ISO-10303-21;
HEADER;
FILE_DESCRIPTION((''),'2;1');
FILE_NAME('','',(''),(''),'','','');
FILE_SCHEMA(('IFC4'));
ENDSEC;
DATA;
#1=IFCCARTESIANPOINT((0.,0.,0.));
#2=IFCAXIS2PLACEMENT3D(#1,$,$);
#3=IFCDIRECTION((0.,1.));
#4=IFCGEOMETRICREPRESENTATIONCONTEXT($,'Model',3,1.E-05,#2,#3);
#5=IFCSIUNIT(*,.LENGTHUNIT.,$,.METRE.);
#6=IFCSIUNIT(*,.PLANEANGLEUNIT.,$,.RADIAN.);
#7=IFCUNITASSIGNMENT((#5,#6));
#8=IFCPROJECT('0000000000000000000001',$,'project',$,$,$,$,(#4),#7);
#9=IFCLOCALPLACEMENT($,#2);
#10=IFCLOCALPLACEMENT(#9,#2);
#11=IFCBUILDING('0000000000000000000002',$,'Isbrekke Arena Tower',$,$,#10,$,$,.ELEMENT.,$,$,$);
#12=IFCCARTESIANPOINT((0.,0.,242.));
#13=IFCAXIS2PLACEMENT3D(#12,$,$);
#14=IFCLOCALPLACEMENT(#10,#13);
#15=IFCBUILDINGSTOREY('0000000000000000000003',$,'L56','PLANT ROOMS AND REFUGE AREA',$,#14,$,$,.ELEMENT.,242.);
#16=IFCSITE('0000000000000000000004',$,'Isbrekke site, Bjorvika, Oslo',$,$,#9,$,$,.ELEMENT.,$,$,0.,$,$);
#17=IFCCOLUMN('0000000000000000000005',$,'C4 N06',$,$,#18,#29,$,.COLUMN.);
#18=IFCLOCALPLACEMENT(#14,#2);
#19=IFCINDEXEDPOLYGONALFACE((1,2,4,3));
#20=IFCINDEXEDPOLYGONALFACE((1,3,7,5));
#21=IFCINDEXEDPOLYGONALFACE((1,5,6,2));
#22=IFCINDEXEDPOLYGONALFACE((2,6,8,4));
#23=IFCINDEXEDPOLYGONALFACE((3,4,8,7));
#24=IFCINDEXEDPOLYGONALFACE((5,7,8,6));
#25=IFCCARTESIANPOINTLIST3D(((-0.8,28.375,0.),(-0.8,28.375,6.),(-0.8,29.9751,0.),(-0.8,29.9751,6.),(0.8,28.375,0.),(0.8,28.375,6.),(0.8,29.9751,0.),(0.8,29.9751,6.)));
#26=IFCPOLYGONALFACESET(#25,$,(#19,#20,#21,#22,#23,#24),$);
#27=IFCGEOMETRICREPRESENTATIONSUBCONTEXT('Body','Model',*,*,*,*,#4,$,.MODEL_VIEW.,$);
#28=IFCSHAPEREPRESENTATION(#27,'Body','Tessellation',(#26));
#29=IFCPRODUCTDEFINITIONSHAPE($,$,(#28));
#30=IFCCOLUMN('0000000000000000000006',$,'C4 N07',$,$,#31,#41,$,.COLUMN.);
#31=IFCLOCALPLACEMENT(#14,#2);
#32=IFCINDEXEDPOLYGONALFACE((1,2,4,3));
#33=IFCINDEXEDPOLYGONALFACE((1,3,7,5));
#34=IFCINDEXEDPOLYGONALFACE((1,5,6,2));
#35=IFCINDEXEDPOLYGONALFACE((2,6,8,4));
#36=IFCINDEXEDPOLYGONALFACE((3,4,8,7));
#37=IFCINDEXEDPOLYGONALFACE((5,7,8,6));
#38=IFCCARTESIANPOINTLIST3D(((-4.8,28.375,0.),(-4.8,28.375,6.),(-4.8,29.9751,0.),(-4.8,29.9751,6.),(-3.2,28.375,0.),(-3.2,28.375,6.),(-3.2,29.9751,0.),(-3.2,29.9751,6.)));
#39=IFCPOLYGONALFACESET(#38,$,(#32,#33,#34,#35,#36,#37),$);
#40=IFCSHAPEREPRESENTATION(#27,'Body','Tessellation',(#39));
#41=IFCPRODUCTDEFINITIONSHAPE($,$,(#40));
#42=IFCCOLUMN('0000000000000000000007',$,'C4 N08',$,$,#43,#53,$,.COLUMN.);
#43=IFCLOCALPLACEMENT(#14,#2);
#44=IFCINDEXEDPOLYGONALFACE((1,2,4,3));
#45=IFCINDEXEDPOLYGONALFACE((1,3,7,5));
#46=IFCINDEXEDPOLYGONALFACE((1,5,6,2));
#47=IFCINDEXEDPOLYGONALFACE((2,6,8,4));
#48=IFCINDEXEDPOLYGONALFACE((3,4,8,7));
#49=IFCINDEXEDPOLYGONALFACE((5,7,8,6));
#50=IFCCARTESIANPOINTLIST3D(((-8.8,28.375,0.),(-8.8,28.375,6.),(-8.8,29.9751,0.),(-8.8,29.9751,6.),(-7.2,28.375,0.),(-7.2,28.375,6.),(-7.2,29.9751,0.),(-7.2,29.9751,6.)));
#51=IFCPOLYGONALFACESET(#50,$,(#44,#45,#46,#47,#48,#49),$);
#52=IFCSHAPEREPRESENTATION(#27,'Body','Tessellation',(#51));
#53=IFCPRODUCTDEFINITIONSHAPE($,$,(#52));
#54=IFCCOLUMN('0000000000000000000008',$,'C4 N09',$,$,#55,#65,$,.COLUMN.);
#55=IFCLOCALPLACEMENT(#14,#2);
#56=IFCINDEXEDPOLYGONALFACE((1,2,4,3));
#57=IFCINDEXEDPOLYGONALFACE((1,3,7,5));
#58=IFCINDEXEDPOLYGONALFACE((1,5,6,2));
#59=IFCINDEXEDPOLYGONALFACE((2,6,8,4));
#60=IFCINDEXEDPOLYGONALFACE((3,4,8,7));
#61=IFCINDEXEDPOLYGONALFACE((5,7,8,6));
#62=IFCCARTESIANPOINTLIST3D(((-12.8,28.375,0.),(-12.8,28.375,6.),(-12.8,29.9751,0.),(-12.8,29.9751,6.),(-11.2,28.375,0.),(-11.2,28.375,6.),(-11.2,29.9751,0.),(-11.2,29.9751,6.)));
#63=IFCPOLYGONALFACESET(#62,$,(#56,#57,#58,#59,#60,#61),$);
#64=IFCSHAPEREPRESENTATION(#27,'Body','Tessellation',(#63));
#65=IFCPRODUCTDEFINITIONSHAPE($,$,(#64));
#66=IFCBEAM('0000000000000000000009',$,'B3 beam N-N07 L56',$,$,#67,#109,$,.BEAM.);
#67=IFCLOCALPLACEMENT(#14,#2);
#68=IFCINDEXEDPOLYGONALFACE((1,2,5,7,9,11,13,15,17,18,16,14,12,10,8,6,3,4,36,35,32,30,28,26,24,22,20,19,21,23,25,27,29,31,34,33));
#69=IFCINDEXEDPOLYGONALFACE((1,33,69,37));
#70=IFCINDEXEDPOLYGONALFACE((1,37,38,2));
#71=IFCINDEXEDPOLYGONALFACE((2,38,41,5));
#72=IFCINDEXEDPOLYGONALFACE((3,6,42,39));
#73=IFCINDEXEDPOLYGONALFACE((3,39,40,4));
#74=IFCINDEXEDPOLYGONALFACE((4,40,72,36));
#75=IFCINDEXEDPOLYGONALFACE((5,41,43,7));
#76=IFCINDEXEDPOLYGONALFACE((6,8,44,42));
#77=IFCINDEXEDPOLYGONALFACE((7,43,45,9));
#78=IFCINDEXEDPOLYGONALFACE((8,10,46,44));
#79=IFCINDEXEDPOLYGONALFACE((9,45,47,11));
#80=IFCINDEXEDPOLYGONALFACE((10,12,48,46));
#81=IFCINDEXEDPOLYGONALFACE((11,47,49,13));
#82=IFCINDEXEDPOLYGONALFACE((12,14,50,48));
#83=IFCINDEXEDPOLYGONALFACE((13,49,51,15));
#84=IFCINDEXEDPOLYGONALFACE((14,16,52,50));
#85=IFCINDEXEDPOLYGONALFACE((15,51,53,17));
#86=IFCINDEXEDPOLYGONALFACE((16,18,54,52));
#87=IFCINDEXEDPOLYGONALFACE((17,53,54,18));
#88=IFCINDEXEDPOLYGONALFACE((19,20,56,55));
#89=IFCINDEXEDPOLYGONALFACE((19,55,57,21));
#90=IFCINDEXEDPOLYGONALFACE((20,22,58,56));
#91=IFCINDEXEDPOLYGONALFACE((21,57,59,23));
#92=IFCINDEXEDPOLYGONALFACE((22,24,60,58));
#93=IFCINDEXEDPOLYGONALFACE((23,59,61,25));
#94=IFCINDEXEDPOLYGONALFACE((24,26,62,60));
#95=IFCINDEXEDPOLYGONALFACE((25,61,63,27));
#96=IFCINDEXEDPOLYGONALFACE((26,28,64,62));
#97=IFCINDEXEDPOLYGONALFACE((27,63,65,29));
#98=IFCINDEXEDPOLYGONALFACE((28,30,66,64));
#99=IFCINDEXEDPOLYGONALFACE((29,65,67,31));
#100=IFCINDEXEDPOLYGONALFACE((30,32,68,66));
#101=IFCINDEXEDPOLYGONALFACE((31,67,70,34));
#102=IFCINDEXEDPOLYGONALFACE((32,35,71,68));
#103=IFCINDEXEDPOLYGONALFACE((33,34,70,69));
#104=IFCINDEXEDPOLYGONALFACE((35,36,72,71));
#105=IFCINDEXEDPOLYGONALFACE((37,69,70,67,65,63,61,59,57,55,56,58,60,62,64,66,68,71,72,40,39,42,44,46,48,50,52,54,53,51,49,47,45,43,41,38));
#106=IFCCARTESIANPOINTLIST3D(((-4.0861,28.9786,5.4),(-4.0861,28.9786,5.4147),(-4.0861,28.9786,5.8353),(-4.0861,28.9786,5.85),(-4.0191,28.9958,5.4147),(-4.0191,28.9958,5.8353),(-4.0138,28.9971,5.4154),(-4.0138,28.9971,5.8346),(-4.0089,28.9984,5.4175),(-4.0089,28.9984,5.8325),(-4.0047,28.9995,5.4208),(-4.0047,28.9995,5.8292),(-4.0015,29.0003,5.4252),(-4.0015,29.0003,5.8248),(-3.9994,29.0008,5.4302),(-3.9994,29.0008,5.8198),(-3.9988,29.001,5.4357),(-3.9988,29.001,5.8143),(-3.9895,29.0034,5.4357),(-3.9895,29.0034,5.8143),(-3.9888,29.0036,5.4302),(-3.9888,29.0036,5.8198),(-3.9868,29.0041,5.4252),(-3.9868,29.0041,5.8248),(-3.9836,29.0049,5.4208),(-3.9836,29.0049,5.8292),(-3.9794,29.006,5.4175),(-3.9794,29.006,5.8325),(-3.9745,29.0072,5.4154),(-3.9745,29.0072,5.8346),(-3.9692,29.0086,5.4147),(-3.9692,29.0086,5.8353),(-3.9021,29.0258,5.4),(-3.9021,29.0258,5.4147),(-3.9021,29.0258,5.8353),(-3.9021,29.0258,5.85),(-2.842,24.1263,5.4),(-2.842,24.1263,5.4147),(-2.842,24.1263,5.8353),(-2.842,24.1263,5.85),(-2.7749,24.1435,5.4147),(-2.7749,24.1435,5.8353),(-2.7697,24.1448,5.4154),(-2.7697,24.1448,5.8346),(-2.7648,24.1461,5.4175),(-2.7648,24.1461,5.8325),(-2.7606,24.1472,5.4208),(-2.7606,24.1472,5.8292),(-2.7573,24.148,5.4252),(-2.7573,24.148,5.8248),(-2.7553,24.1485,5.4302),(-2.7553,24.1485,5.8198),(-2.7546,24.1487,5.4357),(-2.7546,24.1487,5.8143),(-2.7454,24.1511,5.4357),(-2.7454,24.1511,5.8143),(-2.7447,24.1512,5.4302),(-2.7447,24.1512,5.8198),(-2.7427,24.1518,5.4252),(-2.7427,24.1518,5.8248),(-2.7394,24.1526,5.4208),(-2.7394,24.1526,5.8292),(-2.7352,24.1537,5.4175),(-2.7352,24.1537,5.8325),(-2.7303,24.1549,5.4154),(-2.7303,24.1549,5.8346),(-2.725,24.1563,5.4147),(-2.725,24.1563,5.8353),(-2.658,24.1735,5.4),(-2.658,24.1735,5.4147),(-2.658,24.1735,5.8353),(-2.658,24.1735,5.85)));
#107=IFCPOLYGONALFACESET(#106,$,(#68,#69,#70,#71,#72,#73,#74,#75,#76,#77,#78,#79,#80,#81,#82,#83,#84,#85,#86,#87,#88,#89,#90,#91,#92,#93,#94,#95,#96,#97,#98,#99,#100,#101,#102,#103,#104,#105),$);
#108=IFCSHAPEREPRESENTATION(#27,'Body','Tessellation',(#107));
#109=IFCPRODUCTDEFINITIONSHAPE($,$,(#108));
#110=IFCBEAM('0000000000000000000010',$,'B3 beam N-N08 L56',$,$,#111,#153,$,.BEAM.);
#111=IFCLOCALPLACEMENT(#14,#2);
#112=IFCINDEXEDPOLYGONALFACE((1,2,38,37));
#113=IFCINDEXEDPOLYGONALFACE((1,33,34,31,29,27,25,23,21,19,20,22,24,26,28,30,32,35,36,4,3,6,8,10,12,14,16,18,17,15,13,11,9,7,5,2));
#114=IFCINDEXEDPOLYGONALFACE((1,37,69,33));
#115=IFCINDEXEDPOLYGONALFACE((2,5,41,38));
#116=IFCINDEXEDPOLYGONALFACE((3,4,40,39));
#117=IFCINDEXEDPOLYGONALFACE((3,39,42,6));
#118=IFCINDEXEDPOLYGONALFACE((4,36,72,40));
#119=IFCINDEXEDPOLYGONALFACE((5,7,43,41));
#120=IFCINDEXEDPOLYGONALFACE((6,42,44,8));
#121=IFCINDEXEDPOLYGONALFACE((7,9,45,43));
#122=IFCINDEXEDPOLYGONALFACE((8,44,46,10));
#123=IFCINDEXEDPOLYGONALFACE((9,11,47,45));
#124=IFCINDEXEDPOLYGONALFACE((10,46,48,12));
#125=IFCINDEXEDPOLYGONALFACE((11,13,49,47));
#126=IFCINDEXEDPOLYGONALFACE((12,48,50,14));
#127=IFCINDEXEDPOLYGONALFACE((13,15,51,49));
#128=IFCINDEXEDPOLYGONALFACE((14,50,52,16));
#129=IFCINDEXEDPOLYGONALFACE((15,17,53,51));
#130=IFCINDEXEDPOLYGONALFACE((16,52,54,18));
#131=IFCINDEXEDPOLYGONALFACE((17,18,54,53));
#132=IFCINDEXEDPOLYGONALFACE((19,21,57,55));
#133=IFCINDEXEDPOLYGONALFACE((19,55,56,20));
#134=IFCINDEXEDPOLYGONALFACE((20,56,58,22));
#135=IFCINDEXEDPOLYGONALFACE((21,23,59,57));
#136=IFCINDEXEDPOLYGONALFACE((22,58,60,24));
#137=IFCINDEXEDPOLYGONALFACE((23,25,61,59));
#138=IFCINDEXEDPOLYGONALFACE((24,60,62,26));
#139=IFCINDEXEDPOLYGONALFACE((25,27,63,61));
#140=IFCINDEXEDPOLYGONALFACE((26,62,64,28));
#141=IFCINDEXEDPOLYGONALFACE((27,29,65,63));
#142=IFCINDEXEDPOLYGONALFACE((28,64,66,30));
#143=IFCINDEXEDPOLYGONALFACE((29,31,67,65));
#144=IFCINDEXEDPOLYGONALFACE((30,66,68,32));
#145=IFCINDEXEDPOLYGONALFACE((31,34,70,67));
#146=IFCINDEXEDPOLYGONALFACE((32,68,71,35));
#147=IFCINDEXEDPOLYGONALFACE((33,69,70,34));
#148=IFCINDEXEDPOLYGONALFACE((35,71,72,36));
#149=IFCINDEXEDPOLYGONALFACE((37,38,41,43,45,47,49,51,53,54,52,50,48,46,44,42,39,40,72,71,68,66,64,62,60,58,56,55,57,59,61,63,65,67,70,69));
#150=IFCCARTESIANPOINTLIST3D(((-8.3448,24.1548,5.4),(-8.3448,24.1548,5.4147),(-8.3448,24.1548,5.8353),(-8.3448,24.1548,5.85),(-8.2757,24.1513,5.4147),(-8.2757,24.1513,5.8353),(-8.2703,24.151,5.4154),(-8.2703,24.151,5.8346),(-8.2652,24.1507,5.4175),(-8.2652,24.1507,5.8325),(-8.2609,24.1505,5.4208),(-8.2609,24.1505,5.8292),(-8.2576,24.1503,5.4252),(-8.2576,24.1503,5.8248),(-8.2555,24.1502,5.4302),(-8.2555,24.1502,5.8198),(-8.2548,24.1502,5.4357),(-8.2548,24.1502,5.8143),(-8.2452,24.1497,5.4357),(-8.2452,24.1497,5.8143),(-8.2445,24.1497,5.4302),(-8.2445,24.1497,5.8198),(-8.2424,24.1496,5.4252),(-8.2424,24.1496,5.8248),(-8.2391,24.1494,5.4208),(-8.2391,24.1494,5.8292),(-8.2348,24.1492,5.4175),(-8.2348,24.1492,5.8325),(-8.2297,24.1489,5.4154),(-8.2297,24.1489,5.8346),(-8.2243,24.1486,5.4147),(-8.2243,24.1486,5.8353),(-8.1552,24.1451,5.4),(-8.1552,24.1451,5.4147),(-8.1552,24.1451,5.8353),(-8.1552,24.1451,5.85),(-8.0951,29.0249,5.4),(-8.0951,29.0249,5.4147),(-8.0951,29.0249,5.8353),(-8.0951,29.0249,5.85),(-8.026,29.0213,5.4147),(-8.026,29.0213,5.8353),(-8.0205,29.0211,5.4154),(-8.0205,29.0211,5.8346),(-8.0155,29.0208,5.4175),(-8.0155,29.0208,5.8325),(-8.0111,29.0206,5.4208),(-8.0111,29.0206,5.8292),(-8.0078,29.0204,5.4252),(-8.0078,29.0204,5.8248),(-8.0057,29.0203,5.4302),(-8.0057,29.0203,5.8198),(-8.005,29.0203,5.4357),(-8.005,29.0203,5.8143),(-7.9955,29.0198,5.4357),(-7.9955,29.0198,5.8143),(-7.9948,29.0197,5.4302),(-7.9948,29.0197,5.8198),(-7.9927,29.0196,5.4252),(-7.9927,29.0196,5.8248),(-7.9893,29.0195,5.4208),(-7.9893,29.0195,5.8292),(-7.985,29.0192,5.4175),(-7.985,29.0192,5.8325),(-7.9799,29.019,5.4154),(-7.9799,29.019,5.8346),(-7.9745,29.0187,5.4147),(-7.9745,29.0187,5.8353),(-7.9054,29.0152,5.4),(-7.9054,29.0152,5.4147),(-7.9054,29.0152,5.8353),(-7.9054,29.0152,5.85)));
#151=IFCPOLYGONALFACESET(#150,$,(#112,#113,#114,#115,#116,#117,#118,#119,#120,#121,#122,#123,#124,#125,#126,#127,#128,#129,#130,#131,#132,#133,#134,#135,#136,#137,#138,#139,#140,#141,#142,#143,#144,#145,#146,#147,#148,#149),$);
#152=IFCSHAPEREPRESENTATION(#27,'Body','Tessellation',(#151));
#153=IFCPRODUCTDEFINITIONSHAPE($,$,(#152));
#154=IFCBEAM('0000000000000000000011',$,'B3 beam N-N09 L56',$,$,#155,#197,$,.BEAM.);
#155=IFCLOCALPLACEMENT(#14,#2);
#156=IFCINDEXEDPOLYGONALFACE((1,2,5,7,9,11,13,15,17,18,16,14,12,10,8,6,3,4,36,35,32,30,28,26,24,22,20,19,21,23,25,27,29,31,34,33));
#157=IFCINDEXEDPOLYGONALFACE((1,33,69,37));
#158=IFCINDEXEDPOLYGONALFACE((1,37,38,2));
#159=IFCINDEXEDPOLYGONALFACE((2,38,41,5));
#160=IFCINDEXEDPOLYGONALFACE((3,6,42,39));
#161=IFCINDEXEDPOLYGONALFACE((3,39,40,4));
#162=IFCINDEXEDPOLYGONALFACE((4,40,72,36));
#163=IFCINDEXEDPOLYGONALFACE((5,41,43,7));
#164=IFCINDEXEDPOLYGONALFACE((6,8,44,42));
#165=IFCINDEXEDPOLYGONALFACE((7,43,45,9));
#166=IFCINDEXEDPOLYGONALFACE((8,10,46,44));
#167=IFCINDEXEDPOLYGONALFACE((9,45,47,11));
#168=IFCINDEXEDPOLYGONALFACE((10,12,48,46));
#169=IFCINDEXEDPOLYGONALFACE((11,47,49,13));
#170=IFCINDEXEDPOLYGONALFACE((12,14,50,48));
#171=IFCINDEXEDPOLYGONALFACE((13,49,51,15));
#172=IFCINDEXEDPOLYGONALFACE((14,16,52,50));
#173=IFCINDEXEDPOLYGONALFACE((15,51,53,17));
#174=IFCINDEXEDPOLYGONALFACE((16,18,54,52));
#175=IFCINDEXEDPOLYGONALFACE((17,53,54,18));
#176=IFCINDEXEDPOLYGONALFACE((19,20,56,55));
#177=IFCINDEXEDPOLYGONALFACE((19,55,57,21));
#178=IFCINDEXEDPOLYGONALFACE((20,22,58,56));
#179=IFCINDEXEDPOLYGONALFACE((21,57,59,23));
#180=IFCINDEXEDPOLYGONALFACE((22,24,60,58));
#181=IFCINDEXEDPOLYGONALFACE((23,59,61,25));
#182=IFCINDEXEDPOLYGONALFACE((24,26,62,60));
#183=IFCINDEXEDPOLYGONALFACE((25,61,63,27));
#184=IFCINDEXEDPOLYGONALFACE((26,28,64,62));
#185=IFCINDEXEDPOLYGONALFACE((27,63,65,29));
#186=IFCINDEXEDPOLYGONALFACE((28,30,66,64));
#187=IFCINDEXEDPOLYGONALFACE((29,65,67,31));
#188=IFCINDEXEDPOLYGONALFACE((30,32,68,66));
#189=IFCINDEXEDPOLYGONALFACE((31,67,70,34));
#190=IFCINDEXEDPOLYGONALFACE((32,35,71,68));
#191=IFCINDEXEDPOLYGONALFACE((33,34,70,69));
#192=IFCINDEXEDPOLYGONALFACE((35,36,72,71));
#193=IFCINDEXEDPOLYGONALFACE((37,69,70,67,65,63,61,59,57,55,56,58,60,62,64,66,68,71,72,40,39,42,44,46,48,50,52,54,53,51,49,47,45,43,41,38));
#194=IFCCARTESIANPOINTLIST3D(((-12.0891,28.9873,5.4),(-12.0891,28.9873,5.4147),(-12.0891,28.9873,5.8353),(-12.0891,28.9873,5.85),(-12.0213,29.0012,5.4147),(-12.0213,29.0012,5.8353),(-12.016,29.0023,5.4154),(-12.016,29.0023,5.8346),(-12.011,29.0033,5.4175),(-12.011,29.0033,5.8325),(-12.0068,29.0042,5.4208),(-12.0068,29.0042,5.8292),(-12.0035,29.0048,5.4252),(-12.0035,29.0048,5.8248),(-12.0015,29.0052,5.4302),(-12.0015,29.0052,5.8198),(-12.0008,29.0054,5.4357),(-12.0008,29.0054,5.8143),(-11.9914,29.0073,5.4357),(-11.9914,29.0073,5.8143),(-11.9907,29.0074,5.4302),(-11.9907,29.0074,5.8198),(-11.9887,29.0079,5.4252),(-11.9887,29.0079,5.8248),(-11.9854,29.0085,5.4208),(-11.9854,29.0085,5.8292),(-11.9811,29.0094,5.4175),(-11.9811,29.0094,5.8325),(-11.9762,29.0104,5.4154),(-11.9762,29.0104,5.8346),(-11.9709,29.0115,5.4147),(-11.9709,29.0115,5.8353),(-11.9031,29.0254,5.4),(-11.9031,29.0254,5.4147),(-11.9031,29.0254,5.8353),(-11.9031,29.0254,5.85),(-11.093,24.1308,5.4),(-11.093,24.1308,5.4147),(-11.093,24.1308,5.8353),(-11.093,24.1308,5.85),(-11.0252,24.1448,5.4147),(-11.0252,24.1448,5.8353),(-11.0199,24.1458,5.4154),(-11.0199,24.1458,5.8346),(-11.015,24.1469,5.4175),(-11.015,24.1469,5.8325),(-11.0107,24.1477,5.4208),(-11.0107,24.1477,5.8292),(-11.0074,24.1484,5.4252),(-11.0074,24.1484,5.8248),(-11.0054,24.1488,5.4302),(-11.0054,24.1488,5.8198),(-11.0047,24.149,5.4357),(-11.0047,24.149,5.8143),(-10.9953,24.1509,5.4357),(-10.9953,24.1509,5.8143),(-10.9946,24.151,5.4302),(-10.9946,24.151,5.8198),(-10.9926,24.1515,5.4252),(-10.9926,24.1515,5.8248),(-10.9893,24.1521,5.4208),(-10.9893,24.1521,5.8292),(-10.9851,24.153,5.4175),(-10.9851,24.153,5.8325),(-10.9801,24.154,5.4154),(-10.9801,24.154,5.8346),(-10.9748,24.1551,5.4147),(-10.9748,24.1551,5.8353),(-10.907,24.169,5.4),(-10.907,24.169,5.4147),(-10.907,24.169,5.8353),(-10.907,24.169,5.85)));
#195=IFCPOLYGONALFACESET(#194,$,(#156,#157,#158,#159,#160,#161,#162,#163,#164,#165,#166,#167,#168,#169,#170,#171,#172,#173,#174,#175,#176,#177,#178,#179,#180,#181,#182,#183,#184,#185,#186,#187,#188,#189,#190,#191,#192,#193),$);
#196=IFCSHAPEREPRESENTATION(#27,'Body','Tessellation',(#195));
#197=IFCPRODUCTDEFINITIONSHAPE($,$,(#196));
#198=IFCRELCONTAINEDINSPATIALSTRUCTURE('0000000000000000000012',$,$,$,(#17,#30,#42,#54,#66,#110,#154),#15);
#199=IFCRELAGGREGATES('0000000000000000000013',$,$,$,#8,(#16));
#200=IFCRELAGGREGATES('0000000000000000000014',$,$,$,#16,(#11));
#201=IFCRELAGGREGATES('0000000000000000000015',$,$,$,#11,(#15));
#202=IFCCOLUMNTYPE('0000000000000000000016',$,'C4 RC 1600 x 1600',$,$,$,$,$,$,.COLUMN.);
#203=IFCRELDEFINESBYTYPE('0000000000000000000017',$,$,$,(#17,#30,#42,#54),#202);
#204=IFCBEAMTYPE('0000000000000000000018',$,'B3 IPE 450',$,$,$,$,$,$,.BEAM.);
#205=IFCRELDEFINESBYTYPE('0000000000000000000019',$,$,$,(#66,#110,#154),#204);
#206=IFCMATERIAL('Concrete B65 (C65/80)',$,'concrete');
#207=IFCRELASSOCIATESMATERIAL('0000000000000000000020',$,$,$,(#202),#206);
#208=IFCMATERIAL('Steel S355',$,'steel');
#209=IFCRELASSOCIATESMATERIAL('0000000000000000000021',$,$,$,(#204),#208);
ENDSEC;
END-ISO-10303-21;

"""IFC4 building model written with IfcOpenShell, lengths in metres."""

from ifc_helpers import new_model, si_unit, direction, frame, origin, origin_2d, place, context, subcontext, project, spatial, rectangle, i_section, extrude, material, material_profile, profile_set, type_object, element, save


model = new_model("IFC4")

# Units and contexts
model_context = context("Model", 3, precision=1e-05, world=origin(), true_north=direction((0.0, 1.0)))
body_context = subcontext(model_context, "Body", "Model", "MODEL_VIEW")
ifc_project = project(units=[si_unit("LENGTHUNIT", "METRE"), si_unit("PLANEANGLEUNIT", "RADIAN")], contexts=[model_context])

# Site, building, storey
site_placement = place(None, origin())
site = spatial("IfcSite", under=ifc_project, at=site_placement, Name="Isbrekke site, Bjorvika, Oslo", CompositionType="ELEMENT", RefElevation=0.0)
building_placement = place(site_placement, origin())
building = spatial("IfcBuilding", under=site, at=building_placement, Name="Isbrekke Arena Tower", CompositionType="ELEMENT")
storey_placement = place(building_placement, frame((0.0, 0.0, 242.0)))
storey = spatial("IfcBuildingStorey", under=building, at=storey_placement, Name="L56", Description="PLANT ROOMS AND REFUGE AREA", CompositionType="ELEMENT", Elevation=242.0)

# Columns
ifc_material_1 = material(Name="Concrete B65 (C65/80)", Category="concrete")
ifc_material_profile_1 = material_profile(ifc_material_1, rectangle(XDim=1.6001, YDim=1.6001, at=origin_2d()), Name="RC 1600x1600")
ifc_profile_set_1 = profile_set([ifc_material_profile_1], Name="Concrete B65 (C65/80)")
column_type = type_object("IfcColumnType", Name="C4 RC 1600 x 1600", PredefinedType="COLUMN", material=ifc_profile_set_1)
for number, where, z_axis, x_axis, name in (
    (1, (0.0, 29.175, 0.0), (0.0, 0.0, 1.0), (-1.0, 0.0, 0.0), "C4 N06"),
    (2, (-4.0, 29.175, 0.0), (0.0, 0.0, 1.0), (-1.0, 0.0, 0.0), "C4 N07"),
    (3, (-8.0, 29.175, 0.0), (0.0, 0.0, 1.0), (-1.0, 0.0, 0.0), "C4 N08"),
    (4, (-12.0, 29.175, 0.0), (0.0, 0.0, 1.0), (-1.0, 0.0, 0.0), "C4 N09"),
):
    element("IfcColumn", number, at=place(storey_placement, frame(where, z_axis=z_axis, x_axis=x_axis)), inside=storey, type_object=column_type, Name=name, PredefinedType="COLUMN", context=body_context, shape_type="SweptSolid", body=[
        extrude(rectangle(XDim=1.6001, YDim=1.6001, at=origin_2d()), origin(), (0.0, 0.0, 1.0), 6.0),
    ])

# Beams
ifc_material_2 = material(Name="Steel S355", Category="steel")
ifc_material_profile_2 = material_profile(ifc_material_2, i_section(OverallWidth=0.1899, OverallDepth=0.45, WebThickness=0.0095, FlangeThickness=0.0146, FilletRadius=0.021, at=origin_2d()), Name="IPE 450")
ifc_profile_set_2 = profile_set([ifc_material_profile_2], Name="Steel S355")
beam_type_1 = type_object("IfcBeamType", Name="B3 IPE 450", PredefinedType="BEAM", material=ifc_profile_set_2)
beam_1_placement = place(storey_placement, frame((-3.9941, 29.0022, 5.625), z_axis=(0.248368, -0.968666, 0.0), x_axis=(0.968666, 0.248368, 0.0)))
element("IfcBeam", 5, at=beam_1_placement, inside=storey, type_object=beam_type_1, Name="B3 beam N-N07 L56", PredefinedType="BEAM", context=body_context, shape_type="SweptSolid", body=[
    extrude(i_section(OverallWidth=0.1899, OverallDepth=0.45, WebThickness=0.0095, FlangeThickness=0.0146, FilletRadius=0.021, at=origin_2d()), origin(), (0.0, 0.0, 1.0), 5.0093),
])
beam_2_placement = place(storey_placement, frame((-8.0002, 29.02, 5.625), z_axis=(-0.051216, -0.998688, 0.0), x_axis=(0.998688, -0.051216, 0.0)))
element("IfcBeam", 6, at=beam_2_placement, inside=storey, type_object=beam_type_1, Name="B3 beam N-N08 L56", PredefinedType="BEAM", context=body_context, shape_type="SweptSolid", body=[
    extrude(i_section(OverallWidth=0.1899, OverallDepth=0.45, WebThickness=0.0095, FlangeThickness=0.0146, FilletRadius=0.021, at=origin_2d()), origin(), (0.0, 0.0, 1.0), 4.8765),
])
beam_3_placement = place(storey_placement, frame((-11.9961, 29.0063, 5.625), z_axis=(0.200925, -0.979607, 0.0), x_axis=(0.979607, 0.200925, 0.0)))
element("IfcBeam", 7, at=beam_3_placement, inside=storey, type_object=beam_type_1, Name="B3 beam N-N09 L56", PredefinedType="BEAM", context=body_context, shape_type="SweptSolid", body=[
    extrude(i_section(OverallWidth=0.1899, OverallDepth=0.45, WebThickness=0.0095, FlangeThickness=0.0146, FilletRadius=0.021, at=origin_2d()), origin(), (0.0, 0.0, 1.0), 4.9575),
])

save(model, "model.ifc")
